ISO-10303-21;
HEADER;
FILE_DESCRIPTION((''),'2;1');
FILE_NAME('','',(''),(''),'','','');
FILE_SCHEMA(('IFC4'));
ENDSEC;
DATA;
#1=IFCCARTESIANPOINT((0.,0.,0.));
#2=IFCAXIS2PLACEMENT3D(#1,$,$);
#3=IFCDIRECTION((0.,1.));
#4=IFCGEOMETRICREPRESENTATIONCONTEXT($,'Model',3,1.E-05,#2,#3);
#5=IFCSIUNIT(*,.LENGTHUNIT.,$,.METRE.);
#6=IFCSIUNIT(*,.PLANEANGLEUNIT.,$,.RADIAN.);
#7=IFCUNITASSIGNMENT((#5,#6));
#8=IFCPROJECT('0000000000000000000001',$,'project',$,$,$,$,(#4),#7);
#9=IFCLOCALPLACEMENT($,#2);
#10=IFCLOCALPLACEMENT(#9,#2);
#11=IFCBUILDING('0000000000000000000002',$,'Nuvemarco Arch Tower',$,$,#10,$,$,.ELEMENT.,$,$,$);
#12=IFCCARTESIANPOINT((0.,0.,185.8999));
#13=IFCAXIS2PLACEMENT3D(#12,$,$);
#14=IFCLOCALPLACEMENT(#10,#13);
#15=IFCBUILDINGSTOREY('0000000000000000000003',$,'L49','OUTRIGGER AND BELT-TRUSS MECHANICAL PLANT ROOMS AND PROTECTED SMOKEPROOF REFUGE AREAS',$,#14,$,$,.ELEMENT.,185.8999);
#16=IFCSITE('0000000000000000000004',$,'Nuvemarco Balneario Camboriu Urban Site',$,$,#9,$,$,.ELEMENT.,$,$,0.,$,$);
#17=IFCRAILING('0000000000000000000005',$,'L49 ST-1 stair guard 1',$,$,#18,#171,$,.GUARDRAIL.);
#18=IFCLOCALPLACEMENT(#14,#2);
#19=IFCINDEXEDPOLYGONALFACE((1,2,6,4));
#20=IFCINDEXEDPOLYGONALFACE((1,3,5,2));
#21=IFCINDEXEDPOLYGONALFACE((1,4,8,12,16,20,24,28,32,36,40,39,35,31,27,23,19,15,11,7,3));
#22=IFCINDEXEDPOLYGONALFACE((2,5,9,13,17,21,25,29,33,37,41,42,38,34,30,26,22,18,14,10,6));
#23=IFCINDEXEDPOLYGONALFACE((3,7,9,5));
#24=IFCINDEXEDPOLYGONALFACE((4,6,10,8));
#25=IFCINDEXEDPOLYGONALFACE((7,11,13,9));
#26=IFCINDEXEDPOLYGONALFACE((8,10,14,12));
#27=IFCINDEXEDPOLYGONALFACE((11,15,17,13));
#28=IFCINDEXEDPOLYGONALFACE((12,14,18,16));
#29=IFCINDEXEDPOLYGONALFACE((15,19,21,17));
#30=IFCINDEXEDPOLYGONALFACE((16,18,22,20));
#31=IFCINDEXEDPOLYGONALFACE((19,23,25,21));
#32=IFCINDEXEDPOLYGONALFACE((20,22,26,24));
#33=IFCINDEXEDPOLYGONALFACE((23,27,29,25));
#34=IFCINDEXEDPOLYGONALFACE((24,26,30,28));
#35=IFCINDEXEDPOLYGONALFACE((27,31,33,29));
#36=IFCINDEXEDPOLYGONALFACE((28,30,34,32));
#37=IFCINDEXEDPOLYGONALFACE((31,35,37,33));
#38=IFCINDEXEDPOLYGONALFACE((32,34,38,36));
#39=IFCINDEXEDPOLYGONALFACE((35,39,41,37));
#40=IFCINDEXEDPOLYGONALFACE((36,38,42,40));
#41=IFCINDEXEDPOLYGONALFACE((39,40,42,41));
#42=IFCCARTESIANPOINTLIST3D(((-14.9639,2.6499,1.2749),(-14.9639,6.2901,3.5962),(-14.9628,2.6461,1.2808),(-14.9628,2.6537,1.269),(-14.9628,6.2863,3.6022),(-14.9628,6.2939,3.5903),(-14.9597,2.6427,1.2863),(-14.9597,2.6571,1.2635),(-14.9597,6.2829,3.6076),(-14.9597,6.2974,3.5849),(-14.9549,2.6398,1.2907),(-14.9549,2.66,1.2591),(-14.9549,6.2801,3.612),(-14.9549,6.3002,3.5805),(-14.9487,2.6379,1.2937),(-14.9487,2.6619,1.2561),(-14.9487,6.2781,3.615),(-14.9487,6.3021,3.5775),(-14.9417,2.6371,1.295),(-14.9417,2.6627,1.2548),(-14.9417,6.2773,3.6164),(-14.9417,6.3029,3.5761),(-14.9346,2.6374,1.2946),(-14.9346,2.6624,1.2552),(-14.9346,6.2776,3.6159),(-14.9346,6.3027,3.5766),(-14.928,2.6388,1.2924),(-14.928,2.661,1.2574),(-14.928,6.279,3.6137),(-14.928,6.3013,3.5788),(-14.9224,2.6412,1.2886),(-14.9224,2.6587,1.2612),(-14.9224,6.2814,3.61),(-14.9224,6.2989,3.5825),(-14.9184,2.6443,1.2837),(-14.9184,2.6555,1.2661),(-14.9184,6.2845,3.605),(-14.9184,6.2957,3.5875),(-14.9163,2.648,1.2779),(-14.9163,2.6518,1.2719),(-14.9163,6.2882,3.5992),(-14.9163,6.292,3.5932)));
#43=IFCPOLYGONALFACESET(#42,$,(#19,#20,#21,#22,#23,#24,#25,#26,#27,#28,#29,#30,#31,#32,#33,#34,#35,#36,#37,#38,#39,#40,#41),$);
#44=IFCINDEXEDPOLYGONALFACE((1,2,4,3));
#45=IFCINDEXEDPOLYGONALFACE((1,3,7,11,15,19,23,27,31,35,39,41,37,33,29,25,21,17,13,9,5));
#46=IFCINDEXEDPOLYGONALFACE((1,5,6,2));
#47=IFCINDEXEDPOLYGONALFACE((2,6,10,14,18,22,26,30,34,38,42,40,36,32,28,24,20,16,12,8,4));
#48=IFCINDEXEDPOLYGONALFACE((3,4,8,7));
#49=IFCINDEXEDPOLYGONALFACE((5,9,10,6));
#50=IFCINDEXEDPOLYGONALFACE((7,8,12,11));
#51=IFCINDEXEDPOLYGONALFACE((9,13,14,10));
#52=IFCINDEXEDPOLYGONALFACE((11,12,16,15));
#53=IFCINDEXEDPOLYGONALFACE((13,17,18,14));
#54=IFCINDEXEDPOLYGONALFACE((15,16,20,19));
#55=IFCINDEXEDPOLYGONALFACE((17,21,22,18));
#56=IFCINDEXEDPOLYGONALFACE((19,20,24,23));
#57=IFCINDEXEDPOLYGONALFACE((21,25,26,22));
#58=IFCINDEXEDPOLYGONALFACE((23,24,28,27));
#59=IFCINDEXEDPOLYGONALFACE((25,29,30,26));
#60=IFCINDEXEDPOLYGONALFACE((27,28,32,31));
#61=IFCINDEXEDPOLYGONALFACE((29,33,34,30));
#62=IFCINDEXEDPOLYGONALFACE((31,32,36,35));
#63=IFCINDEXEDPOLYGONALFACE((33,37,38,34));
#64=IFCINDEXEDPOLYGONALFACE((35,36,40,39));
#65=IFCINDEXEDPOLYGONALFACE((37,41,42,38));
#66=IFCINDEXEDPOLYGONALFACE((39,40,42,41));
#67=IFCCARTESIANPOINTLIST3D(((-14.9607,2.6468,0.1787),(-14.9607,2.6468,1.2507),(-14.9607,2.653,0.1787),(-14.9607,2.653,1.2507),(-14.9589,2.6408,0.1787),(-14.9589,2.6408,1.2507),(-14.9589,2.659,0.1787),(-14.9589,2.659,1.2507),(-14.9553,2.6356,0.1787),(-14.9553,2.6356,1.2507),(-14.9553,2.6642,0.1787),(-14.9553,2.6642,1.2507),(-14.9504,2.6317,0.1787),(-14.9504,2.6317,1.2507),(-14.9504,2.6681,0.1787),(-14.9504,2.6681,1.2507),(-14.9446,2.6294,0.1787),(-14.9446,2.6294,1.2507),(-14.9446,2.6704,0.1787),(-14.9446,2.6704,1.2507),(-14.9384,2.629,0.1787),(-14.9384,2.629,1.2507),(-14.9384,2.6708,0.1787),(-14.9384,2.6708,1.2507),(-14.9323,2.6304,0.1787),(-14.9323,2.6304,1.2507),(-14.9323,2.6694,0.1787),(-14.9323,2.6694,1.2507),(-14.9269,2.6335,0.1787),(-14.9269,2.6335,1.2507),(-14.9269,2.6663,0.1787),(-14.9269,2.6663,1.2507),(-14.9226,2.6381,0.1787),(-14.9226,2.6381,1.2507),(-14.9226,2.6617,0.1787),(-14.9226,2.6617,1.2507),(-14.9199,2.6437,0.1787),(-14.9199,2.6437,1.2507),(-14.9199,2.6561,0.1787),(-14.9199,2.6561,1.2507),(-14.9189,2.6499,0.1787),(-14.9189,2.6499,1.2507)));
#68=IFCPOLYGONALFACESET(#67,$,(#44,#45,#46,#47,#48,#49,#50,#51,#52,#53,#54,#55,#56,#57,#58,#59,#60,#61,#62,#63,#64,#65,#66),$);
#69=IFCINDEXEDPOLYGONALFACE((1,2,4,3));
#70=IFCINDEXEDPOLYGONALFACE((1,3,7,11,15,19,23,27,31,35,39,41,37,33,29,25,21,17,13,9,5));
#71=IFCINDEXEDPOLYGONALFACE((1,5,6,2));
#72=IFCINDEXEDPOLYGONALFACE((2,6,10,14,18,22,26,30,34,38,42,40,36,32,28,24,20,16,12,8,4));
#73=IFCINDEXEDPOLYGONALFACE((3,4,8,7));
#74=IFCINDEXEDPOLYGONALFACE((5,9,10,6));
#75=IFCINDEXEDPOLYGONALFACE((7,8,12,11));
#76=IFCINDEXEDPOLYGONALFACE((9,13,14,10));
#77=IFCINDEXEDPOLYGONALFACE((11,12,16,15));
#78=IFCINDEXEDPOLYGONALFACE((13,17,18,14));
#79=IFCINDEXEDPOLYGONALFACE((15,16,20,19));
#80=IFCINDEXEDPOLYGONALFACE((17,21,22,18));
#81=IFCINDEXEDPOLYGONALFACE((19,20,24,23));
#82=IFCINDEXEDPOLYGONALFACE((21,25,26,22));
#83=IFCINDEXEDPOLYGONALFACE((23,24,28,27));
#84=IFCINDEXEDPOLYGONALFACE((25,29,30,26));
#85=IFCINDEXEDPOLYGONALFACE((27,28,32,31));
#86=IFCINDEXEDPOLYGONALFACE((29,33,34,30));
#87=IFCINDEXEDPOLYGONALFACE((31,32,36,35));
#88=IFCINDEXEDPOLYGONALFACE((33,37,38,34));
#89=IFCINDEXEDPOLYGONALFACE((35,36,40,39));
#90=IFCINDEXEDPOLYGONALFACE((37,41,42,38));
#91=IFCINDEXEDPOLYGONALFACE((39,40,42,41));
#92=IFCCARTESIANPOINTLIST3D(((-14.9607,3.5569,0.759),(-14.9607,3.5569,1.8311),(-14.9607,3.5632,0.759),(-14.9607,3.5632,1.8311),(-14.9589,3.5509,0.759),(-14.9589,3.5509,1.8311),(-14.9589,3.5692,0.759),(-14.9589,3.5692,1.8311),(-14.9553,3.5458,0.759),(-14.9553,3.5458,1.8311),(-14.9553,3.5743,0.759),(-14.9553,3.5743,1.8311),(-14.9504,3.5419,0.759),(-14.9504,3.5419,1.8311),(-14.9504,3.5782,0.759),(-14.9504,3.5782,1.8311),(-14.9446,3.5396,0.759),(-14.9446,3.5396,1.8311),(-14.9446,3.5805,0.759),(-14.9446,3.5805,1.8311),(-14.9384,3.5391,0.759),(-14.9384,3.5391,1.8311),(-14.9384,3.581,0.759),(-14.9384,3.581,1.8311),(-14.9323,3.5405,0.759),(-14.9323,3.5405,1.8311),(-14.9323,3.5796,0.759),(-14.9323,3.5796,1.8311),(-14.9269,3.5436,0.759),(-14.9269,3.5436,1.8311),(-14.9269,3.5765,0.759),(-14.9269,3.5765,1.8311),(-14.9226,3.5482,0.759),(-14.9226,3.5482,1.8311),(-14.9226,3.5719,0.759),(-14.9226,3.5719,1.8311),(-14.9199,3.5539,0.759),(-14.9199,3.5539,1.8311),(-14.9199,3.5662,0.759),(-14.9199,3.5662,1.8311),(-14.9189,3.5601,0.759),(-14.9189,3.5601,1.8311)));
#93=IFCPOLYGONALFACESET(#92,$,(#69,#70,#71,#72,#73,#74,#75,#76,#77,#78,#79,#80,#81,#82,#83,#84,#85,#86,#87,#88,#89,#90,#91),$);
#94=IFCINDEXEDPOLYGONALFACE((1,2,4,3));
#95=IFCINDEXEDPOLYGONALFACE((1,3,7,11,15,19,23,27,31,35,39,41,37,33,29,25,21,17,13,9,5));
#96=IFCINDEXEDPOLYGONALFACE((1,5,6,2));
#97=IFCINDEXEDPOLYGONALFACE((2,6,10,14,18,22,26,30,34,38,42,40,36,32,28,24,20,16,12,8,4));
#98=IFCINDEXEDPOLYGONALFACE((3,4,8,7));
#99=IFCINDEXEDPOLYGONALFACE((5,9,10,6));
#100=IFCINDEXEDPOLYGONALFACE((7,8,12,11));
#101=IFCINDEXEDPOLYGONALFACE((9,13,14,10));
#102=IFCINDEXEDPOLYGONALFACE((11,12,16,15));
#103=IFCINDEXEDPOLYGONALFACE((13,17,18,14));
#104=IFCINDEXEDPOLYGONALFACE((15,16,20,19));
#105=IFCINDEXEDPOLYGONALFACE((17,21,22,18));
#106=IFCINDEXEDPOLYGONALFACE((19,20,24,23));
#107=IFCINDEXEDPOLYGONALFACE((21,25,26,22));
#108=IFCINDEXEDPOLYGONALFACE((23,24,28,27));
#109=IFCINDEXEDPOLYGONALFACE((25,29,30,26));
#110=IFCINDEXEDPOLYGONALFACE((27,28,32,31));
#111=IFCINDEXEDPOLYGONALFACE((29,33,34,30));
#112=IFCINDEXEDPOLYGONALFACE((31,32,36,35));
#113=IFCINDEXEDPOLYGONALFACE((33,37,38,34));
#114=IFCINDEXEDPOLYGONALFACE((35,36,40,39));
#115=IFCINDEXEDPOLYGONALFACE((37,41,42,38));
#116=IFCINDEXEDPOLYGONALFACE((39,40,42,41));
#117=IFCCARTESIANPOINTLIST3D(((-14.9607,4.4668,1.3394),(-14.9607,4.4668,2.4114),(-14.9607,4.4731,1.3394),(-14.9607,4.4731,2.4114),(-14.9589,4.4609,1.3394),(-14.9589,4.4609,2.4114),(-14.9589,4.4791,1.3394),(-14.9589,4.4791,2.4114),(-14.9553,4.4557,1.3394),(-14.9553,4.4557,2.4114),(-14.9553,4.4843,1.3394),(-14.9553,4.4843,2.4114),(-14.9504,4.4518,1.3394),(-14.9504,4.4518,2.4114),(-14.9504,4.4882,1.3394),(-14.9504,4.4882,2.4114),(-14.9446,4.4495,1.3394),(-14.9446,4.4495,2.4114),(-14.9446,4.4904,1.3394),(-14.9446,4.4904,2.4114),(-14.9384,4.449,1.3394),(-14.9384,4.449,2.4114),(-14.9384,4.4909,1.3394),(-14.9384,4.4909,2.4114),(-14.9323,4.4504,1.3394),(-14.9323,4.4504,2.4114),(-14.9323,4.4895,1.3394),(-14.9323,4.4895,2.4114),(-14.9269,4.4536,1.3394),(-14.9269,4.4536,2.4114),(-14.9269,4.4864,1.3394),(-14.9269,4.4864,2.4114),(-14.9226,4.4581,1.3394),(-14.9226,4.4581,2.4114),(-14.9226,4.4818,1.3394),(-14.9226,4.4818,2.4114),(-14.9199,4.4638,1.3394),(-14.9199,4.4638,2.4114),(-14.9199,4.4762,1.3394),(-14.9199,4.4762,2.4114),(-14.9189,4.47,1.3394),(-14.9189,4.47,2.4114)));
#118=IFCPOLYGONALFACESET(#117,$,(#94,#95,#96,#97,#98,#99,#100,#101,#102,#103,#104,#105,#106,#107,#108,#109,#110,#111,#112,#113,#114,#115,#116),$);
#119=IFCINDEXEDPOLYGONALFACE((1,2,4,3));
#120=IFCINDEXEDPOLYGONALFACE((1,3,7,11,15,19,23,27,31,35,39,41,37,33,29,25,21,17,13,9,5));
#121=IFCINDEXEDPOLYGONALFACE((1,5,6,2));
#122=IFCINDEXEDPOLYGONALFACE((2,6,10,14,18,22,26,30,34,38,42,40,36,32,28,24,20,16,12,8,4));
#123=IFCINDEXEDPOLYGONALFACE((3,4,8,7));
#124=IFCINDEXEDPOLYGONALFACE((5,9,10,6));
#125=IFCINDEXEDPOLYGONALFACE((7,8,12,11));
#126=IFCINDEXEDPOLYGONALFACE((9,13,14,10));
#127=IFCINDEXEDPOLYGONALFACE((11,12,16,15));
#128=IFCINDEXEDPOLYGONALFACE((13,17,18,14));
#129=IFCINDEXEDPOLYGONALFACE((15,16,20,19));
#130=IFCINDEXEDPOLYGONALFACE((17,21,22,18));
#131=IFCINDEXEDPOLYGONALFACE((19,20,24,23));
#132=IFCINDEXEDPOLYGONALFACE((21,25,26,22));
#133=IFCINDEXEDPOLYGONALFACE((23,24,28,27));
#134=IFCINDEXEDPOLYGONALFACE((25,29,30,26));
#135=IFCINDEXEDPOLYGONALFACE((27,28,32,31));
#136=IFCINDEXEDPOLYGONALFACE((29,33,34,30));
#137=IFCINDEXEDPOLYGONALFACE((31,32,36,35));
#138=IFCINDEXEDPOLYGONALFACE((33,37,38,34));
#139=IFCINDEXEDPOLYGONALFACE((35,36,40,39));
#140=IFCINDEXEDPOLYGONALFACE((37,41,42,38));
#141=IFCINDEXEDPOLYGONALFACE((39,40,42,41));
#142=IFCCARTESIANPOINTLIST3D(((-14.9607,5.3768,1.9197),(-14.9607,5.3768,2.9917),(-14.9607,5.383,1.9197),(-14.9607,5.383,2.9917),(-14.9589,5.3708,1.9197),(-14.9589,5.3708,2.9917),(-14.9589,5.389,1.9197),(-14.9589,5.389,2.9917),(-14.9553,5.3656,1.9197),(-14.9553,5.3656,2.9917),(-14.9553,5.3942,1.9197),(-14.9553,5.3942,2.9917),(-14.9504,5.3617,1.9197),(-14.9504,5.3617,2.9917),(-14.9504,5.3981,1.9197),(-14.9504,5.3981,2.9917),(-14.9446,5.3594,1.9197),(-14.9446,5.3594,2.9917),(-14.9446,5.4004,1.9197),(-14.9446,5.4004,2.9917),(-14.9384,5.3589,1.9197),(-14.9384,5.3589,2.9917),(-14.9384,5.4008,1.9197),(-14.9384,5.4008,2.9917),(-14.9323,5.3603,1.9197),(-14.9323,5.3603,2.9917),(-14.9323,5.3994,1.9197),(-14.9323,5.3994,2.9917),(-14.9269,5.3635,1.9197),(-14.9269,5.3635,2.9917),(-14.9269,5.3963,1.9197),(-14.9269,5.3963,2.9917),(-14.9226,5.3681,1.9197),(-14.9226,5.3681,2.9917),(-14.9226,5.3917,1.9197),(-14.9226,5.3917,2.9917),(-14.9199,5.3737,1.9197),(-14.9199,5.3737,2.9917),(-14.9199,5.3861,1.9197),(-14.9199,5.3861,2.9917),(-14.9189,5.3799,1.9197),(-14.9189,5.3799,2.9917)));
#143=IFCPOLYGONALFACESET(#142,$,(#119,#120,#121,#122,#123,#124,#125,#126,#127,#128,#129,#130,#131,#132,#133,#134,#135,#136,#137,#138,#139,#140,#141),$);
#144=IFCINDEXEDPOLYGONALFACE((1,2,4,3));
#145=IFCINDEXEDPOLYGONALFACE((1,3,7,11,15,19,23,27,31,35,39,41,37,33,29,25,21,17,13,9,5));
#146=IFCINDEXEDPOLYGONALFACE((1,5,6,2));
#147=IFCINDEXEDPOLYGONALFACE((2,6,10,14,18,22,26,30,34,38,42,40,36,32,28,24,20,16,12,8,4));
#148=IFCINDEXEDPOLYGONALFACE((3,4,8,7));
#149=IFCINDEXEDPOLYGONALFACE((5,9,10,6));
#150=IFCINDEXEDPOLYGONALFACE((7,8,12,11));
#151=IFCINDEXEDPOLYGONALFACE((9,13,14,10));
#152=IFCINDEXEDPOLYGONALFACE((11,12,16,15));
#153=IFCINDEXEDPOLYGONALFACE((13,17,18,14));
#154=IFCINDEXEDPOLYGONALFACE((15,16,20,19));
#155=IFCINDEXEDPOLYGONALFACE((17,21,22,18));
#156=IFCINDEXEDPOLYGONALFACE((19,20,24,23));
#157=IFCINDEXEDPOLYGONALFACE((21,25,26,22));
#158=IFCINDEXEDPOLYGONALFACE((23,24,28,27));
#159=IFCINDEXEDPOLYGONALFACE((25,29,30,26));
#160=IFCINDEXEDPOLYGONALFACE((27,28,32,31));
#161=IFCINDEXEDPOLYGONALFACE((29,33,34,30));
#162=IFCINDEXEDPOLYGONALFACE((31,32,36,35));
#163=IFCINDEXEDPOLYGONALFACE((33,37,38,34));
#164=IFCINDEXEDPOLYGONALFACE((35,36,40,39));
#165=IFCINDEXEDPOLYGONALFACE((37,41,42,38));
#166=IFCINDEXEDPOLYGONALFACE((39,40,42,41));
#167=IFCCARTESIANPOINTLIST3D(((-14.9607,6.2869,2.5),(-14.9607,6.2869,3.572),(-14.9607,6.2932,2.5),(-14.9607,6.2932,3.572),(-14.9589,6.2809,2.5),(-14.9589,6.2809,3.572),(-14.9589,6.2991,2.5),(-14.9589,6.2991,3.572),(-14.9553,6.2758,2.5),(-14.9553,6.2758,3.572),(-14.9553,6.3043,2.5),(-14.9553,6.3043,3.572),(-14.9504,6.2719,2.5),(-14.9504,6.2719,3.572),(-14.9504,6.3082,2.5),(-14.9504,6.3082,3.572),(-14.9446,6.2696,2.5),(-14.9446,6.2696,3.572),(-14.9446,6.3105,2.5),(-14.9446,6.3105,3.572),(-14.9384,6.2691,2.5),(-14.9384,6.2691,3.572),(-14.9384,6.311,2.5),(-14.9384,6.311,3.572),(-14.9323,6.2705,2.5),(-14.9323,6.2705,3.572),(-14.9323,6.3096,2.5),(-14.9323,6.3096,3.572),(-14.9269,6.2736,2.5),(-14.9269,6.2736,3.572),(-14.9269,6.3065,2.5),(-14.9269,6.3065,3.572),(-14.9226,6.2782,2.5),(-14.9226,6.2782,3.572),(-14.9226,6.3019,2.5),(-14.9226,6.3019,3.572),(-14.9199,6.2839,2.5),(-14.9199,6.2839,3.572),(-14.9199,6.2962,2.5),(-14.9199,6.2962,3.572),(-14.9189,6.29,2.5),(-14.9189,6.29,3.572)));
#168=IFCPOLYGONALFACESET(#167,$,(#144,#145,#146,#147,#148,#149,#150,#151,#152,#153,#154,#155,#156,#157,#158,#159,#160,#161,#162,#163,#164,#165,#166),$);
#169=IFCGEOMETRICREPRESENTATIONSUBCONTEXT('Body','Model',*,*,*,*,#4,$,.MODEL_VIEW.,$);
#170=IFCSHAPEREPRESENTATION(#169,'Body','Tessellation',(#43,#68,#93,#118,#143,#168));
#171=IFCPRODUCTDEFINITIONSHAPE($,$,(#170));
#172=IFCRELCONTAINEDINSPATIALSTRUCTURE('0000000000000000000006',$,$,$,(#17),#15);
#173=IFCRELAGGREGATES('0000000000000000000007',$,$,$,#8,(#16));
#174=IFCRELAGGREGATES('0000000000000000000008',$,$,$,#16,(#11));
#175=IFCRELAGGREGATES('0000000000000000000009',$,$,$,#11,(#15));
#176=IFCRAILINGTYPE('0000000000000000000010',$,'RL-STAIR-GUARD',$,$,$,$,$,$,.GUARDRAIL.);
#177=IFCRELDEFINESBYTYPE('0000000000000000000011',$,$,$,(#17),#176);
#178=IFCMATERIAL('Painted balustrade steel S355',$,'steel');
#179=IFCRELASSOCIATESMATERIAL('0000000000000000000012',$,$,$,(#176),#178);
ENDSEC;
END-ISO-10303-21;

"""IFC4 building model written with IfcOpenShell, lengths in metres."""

from ifc_helpers import new_model, si_unit, direction, frame, origin, origin_2d, place, context, subcontext, project, spatial, circle, extrude, material, type_object, element, save


model = new_model("IFC4")

# Units and contexts
model_context = context("Model", 3, precision=1e-05, world=origin(), true_north=direction((0.0, 1.0)))
body_context = subcontext(model_context, "Body", "Model", "MODEL_VIEW")
ifc_project = project(units=[si_unit("LENGTHUNIT", "METRE"), si_unit("PLANEANGLEUNIT", "RADIAN")], contexts=[model_context])

# Site, building, storey
site_placement = place(None, origin())
site = spatial("IfcSite", under=ifc_project, at=site_placement, Name="Nuvemarco Balneario Camboriu Urban Site", CompositionType="ELEMENT", RefElevation=0.0)
building_placement = place(site_placement, origin())
building = spatial("IfcBuilding", under=site, at=building_placement, Name="Nuvemarco Arch Tower", CompositionType="ELEMENT")
storey_placement = place(building_placement, frame((0.0, 0.0, 185.8999)))
storey = spatial("IfcBuildingStorey", under=building, at=storey_placement, Name="L49", Description="OUTRIGGER AND BELT-TRUSS MECHANICAL PLANT ROOMS AND PROTECTED SMOKEPROOF REFUGE AREAS", CompositionType="ELEMENT", Elevation=185.8999)

# Railing
ifc_material_1 = material(Name="Painted balustrade steel S355", Category="steel")
railing_type_1 = type_object("IfcRailingType", Name="RL-STAIR-GUARD", PredefinedType="GUARDRAIL", material=ifc_material_1)
railing_1_placement = place(storey_placement, frame((-14.9399, 2.6499, 0.1787)))
element("IfcRailing", 1, at=railing_1_placement, inside=storey, type_object=railing_type_1, Name="L49 ST-1 stair guard 1", PredefinedType="GUARDRAIL", context=body_context, shape_type="SweptSolid", body=[
    extrude(circle(Radius=0.0239, at=origin_2d()), frame((0.0, 0.0, 1.0962), z_axis=(0.0, 0.843153, 0.537673), x_axis=(-1.0, 0.0, 0.0)), (0.0, 0.0, 1.0), 4.3174),
    extrude(circle(Radius=0.021, at=origin_2d()), origin(), (0.0, 0.0, 1.0), 1.072),
    extrude(circle(Radius=0.021, at=origin_2d()), frame((0.0, 0.9102, 0.5803)), (0.0, 0.0, 1.0), 1.072),
    extrude(circle(Radius=0.021, at=origin_2d()), frame((0.0, 1.8201, 1.1606)), (0.0, 0.0, 1.0), 1.072),
    extrude(circle(Radius=0.021, at=origin_2d()), frame((0.0, 2.73, 1.741)), (0.0, 0.0, 1.0), 1.072),
    extrude(circle(Radius=0.021, at=origin_2d()), frame((0.0, 3.6401, 2.3213)), (0.0, 0.0, 1.0), 1.072),
])

save(model, "model.ifc")
